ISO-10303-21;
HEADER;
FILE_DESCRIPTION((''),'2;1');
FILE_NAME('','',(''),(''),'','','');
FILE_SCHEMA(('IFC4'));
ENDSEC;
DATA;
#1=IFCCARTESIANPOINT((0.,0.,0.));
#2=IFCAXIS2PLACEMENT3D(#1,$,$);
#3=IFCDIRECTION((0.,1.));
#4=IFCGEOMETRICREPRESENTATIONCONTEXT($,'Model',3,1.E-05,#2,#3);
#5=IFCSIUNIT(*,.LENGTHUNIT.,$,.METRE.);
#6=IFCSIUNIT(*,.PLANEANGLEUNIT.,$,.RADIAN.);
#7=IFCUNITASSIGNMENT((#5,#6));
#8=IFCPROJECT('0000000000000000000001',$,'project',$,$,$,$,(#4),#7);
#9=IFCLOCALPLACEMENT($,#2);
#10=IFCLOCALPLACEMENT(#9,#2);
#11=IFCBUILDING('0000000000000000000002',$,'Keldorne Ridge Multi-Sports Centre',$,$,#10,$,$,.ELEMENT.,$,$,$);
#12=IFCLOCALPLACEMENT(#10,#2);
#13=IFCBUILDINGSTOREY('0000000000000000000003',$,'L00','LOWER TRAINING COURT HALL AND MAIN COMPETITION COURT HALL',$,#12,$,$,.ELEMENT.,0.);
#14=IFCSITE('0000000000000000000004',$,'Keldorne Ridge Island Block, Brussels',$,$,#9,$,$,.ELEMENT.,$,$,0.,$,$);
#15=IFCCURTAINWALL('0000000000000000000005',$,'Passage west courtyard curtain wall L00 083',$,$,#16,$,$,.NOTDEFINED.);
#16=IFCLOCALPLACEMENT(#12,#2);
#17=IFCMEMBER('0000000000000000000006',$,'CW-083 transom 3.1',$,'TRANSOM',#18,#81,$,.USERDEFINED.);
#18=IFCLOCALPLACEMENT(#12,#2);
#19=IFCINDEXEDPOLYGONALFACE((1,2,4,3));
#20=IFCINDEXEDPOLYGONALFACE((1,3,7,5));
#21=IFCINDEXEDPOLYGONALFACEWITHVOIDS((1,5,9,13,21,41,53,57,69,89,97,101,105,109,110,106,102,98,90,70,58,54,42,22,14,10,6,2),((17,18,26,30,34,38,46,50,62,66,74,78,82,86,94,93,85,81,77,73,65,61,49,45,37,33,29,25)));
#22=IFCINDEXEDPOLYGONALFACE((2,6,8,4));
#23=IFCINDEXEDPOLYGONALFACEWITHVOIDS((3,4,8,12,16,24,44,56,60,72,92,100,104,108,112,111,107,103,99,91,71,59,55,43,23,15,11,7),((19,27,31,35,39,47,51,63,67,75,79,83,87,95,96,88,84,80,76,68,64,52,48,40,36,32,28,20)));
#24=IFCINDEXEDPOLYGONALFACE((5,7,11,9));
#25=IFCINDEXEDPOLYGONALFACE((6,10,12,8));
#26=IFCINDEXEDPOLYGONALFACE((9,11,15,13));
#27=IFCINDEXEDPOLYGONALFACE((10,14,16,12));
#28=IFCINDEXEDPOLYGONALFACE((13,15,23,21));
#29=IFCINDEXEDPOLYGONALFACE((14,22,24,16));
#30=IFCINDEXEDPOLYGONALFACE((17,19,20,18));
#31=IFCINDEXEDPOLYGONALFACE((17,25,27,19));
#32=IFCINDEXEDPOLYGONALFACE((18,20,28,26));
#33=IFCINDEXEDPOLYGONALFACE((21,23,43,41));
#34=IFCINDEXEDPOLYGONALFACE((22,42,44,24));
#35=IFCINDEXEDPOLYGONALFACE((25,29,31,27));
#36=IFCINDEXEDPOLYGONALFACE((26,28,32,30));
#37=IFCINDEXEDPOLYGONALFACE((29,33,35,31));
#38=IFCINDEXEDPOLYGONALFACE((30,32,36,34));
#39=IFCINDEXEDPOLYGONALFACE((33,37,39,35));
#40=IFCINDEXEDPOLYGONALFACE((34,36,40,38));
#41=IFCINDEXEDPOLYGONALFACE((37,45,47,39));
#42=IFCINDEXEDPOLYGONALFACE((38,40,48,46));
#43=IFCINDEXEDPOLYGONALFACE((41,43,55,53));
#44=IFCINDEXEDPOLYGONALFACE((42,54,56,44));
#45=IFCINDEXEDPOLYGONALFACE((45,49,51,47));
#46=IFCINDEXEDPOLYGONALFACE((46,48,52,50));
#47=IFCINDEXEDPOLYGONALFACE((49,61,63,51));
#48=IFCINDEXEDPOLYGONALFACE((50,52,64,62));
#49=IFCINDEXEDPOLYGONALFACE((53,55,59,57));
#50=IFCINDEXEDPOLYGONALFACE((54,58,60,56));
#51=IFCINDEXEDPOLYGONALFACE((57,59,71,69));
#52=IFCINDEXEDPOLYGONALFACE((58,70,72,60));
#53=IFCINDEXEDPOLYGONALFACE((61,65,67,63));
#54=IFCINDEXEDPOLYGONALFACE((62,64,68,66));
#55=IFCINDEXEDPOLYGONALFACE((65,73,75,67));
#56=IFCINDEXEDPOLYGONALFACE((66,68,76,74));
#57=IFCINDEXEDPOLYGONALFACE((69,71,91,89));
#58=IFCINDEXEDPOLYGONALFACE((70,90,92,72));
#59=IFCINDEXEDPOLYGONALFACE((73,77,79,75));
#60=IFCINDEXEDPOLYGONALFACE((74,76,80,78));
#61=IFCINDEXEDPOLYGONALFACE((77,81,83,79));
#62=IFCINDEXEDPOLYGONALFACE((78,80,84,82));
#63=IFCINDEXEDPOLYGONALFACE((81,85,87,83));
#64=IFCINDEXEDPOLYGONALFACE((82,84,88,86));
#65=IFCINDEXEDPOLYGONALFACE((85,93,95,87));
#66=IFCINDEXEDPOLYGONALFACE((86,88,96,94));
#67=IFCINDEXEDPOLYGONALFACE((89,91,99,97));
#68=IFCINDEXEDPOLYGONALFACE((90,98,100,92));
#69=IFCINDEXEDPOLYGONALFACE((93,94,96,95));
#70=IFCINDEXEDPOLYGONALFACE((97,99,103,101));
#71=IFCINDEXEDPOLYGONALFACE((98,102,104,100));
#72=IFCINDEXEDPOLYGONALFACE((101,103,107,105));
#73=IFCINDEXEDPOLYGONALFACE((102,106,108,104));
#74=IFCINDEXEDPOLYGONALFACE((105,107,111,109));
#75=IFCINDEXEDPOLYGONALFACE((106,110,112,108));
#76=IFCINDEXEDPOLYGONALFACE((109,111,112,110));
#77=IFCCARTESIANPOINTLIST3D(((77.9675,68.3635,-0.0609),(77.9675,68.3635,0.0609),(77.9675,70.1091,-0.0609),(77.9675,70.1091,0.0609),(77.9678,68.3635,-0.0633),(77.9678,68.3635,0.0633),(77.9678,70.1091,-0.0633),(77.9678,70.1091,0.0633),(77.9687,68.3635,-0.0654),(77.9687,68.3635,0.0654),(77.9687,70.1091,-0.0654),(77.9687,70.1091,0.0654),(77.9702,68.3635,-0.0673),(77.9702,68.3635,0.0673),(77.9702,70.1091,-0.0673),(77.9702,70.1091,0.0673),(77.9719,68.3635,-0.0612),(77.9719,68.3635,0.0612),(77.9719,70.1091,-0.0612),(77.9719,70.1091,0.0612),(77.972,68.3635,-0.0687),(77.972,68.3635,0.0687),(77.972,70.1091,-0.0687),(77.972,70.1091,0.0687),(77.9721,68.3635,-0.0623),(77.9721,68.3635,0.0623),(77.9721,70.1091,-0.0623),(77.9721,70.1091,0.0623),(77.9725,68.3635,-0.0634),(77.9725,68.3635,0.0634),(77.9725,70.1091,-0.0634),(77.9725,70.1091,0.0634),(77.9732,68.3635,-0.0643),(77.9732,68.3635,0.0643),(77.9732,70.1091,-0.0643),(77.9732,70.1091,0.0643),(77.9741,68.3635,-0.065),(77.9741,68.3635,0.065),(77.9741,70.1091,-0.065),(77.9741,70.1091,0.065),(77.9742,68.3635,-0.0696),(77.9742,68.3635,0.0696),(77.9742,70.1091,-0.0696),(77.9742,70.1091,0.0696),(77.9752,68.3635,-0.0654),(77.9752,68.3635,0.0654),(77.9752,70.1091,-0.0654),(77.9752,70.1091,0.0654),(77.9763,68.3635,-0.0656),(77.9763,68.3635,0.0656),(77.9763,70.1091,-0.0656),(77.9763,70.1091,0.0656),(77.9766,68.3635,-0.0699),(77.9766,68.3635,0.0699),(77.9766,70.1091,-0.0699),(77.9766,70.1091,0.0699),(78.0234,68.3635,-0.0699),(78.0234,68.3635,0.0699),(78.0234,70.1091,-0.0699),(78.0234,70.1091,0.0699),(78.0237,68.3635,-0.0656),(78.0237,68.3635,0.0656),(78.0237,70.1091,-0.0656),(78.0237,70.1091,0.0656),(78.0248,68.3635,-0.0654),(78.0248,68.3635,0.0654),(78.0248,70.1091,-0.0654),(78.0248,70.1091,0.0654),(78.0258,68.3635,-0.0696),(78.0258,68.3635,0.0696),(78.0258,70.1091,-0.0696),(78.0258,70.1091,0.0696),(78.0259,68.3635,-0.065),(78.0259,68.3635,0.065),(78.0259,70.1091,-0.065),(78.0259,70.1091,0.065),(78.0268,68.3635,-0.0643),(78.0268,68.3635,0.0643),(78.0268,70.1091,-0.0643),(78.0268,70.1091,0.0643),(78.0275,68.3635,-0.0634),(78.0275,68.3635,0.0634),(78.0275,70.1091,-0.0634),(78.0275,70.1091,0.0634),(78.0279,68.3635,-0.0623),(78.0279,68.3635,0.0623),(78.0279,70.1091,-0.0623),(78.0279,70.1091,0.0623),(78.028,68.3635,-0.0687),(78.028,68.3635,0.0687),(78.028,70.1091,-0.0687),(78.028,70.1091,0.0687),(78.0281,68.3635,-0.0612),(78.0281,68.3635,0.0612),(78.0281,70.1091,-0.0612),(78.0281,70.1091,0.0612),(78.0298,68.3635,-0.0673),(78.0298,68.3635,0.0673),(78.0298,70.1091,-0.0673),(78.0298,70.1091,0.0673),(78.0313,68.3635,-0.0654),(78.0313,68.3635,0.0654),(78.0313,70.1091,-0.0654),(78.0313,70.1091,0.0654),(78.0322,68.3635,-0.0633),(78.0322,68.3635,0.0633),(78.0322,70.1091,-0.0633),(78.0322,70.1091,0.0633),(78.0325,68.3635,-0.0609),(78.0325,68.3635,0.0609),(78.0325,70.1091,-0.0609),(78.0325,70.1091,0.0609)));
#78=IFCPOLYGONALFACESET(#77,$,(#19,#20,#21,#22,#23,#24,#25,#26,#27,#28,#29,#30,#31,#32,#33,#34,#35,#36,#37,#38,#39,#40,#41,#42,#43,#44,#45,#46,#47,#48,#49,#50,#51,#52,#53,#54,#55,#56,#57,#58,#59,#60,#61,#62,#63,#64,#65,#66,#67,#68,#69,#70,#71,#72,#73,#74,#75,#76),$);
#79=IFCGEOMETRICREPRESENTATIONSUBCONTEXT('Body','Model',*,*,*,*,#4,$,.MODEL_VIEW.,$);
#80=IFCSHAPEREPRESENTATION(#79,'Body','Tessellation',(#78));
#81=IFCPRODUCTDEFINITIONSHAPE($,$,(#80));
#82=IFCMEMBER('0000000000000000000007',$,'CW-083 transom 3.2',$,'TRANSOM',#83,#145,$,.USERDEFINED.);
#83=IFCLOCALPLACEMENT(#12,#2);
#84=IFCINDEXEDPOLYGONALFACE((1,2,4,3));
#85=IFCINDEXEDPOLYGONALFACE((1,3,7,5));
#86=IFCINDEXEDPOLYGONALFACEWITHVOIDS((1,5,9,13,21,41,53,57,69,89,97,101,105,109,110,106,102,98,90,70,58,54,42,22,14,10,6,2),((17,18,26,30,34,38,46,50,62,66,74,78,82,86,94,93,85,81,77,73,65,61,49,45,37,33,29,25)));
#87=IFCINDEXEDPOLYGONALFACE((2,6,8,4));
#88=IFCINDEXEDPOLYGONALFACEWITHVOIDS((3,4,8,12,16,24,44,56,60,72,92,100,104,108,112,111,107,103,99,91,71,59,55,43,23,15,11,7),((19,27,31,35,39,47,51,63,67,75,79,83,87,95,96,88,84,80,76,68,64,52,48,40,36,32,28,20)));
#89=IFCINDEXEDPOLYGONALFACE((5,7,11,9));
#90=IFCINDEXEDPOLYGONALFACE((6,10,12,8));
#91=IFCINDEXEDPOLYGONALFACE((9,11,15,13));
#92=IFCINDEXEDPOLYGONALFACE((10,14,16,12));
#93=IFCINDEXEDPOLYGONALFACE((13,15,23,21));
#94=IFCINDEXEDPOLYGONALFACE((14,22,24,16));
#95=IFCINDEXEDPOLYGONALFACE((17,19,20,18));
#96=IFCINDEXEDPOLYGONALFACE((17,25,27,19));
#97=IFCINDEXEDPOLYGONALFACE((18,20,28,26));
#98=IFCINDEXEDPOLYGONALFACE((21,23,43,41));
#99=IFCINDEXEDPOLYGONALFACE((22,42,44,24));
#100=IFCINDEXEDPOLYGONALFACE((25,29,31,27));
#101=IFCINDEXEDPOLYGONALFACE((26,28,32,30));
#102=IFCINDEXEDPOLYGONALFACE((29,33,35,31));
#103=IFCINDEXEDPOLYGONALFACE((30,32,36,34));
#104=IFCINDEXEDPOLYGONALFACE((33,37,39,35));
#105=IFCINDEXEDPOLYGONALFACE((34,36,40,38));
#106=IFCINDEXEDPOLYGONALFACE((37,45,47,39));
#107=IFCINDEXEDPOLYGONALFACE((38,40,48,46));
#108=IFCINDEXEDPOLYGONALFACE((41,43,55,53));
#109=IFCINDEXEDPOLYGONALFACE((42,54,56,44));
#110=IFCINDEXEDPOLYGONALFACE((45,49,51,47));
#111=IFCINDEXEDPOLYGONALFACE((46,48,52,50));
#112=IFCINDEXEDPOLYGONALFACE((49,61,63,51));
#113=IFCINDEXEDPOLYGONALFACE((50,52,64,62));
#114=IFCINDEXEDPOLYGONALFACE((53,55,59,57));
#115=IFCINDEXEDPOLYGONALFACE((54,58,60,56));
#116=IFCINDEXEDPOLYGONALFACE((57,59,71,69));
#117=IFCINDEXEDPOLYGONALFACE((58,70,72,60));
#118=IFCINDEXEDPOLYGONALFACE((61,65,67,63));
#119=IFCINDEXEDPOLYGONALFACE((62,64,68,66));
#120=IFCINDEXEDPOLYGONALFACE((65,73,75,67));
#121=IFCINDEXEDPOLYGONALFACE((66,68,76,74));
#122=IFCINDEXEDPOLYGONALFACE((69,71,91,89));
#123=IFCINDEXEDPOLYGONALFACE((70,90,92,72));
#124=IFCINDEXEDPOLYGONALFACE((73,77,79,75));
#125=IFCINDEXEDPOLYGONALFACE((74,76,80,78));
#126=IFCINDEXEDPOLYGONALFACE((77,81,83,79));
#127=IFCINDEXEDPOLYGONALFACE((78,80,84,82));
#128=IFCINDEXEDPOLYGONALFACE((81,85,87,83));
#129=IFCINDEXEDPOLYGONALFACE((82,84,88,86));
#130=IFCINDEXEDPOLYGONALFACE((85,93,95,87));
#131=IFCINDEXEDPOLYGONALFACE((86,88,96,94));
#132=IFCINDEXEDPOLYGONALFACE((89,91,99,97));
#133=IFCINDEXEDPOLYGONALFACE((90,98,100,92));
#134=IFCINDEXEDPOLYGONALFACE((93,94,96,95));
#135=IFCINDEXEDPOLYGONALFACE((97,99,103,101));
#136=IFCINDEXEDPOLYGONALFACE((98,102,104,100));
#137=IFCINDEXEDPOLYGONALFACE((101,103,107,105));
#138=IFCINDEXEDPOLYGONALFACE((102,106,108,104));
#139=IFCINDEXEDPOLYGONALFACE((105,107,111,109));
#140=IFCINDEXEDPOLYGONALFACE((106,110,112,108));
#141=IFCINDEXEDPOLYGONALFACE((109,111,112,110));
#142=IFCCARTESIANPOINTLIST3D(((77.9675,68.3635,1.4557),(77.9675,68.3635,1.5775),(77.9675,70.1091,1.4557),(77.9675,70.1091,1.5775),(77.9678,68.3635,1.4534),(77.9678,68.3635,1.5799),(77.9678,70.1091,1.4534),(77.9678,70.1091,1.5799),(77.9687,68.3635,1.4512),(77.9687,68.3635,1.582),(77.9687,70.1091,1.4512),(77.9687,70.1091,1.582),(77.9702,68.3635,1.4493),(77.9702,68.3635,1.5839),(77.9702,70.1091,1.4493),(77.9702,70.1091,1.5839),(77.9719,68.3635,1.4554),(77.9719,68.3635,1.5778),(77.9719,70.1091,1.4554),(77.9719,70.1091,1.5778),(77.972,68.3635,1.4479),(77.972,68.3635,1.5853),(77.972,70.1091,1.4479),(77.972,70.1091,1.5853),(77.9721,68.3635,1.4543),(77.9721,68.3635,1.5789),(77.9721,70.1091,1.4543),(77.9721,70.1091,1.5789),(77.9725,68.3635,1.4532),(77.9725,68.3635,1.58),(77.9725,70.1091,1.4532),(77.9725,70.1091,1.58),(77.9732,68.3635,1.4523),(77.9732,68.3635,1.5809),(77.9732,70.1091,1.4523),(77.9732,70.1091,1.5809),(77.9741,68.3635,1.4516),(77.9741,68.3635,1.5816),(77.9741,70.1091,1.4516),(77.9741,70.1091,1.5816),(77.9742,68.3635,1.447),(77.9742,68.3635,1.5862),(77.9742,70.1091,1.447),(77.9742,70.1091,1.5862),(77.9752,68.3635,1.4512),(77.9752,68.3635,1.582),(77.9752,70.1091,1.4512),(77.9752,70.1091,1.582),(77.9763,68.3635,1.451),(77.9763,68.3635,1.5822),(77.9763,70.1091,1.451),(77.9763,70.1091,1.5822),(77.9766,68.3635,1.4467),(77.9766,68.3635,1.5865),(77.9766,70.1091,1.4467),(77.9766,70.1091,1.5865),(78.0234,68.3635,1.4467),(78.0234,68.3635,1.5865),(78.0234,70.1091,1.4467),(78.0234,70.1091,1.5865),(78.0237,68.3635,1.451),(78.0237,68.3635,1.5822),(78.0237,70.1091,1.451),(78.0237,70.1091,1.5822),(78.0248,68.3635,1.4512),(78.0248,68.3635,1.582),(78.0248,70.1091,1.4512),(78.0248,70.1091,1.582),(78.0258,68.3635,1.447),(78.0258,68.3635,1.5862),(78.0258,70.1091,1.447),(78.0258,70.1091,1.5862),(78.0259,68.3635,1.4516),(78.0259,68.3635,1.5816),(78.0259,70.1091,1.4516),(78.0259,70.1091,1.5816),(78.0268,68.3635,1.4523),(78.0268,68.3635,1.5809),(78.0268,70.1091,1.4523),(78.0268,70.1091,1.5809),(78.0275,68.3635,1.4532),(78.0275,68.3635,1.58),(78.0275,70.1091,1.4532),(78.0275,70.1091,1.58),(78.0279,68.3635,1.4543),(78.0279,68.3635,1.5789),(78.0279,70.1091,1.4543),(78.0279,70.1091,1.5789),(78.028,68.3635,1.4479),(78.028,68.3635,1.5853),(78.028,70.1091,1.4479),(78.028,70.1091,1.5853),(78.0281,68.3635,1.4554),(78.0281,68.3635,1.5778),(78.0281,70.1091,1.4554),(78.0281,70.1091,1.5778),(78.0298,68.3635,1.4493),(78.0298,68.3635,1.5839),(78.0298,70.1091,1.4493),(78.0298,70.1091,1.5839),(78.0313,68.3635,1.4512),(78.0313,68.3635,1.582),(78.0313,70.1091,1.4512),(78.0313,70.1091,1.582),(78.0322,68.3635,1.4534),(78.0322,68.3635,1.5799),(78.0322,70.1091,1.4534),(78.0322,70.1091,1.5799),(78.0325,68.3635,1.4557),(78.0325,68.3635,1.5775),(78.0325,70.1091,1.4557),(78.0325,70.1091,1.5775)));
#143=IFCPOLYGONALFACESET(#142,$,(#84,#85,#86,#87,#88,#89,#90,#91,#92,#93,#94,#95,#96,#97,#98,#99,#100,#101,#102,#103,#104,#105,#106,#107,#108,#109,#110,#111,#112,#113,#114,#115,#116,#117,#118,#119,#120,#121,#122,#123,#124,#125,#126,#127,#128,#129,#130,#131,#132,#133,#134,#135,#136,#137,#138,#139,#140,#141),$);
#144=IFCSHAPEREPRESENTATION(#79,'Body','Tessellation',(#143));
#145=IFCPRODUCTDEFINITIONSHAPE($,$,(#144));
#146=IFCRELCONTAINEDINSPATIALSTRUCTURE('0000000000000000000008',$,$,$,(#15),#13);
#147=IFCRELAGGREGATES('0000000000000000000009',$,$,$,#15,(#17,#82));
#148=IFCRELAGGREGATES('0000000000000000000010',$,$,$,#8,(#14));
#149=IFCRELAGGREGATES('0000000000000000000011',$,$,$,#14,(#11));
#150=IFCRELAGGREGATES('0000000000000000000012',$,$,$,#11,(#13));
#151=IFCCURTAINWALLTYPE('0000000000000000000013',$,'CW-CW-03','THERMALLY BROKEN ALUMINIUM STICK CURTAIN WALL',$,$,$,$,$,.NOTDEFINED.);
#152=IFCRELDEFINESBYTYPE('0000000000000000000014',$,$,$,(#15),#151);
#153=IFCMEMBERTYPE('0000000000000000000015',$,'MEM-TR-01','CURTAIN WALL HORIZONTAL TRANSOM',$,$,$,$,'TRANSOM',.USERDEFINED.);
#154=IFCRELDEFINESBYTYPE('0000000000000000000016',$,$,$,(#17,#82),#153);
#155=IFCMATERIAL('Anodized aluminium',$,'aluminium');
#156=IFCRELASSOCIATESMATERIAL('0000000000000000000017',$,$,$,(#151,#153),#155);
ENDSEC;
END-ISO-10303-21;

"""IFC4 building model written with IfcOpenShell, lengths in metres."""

from ifc_helpers import new_model, si_unit, direction, frame, origin, origin_2d, place, context, subcontext, project, spatial, hollow_rectangle, extrude, material, material_profile, profile_set, type_object, element, aggregate, save


model = new_model("IFC4")

# Units and contexts
model_context = context("Model", 3, precision=1e-05, world=origin(), true_north=direction((0.0, 1.0)))
body_context = subcontext(model_context, "Body", "Model", "MODEL_VIEW")
ifc_project = project(units=[si_unit("LENGTHUNIT", "METRE"), si_unit("PLANEANGLEUNIT", "RADIAN")], contexts=[model_context])

# Site, building, storey
site_placement = place(None, origin())
site = spatial("IfcSite", under=ifc_project, at=site_placement, Name="Keldorne Ridge Island Block, Brussels", CompositionType="ELEMENT", RefElevation=0.0)
building_placement = place(site_placement, origin())
building = spatial("IfcBuilding", under=site, at=building_placement, Name="Keldorne Ridge Multi-Sports Centre", CompositionType="ELEMENT")
storey_placement = place(building_placement, origin())
storey = spatial("IfcBuildingStorey", under=building, at=storey_placement, Name="L00", Description="LOWER TRAINING COURT HALL AND MAIN COMPETITION COURT HALL", CompositionType="ELEMENT", Elevation=0.0)

# Curtain wall, members
ifc_material_1 = material(Name="Anodized aluminium", Category="aluminium")
curtain_wall_type = type_object("IfcCurtainWallType", Name="CW-CW-03", Description="THERMALLY BROKEN ALUMINIUM STICK CURTAIN WALL", PredefinedType="NOTDEFINED", material=ifc_material_1)
curtain_wall_placement = place(storey_placement, origin())
curtain_wall = element("IfcCurtainWall", 1, at=curtain_wall_placement, inside=storey, type_object=curtain_wall_type, Name="Passage west courtyard curtain wall L00 083", PredefinedType="NOTDEFINED")
ifc_material_profile_1 = material_profile(ifc_material_1, hollow_rectangle(XDim=0.0649, YDim=0.1399, WallThickness=0.0044, InnerFilletRadius=0.0044, OuterFilletRadius=0.009, at=origin_2d()), Name="ALU TRANSOM 140x65x4.5")
ifc_profile_set_1 = profile_set([ifc_material_profile_1], Name="Anodized aluminium")
member_type_1 = type_object("IfcMemberType", Name="MEM-TR-01", Description="CURTAIN WALL HORIZONTAL TRANSOM", ElementType="TRANSOM", PredefinedType="USERDEFINED", material=ifc_profile_set_1)
member_1_placement = place(storey_placement, frame((78.0, 70.1091, 0.0), z_axis=(0.0, -1.0, 0.0), x_axis=(1.0, 0.0, 0.0)))
member_1 = element("IfcMember", 2, at=member_1_placement, type_object=member_type_1, Name="CW-083 transom 3.1", ObjectType="TRANSOM", PredefinedType="USERDEFINED", context=body_context, shape_type="SweptSolid", body=[
    extrude(hollow_rectangle(XDim=0.0649, YDim=0.1399, WallThickness=0.0044, InnerFilletRadius=0.0044, OuterFilletRadius=0.009, at=origin_2d()), origin(), (0.0, 0.0, 1.0), 1.7456),
])
member_2_placement = place(storey_placement, frame((78.0, 70.1091, 1.5166), z_axis=(0.0, -1.0, 0.0), x_axis=(1.0, 0.0, 0.0)))
member_2 = element("IfcMember", 3, at=member_2_placement, type_object=member_type_1, Name="CW-083 transom 3.2", ObjectType="TRANSOM", PredefinedType="USERDEFINED", context=body_context, shape_type="SweptSolid", body=[
    extrude(hollow_rectangle(XDim=0.0649, YDim=0.1399, WallThickness=0.0044, InnerFilletRadius=0.0044, OuterFilletRadius=0.009, at=origin_2d()), origin(), (0.0, 0.0, 1.0), 1.7456),
])
aggregate(curtain_wall, [member_1, member_2])

save(model, "model.ifc")
